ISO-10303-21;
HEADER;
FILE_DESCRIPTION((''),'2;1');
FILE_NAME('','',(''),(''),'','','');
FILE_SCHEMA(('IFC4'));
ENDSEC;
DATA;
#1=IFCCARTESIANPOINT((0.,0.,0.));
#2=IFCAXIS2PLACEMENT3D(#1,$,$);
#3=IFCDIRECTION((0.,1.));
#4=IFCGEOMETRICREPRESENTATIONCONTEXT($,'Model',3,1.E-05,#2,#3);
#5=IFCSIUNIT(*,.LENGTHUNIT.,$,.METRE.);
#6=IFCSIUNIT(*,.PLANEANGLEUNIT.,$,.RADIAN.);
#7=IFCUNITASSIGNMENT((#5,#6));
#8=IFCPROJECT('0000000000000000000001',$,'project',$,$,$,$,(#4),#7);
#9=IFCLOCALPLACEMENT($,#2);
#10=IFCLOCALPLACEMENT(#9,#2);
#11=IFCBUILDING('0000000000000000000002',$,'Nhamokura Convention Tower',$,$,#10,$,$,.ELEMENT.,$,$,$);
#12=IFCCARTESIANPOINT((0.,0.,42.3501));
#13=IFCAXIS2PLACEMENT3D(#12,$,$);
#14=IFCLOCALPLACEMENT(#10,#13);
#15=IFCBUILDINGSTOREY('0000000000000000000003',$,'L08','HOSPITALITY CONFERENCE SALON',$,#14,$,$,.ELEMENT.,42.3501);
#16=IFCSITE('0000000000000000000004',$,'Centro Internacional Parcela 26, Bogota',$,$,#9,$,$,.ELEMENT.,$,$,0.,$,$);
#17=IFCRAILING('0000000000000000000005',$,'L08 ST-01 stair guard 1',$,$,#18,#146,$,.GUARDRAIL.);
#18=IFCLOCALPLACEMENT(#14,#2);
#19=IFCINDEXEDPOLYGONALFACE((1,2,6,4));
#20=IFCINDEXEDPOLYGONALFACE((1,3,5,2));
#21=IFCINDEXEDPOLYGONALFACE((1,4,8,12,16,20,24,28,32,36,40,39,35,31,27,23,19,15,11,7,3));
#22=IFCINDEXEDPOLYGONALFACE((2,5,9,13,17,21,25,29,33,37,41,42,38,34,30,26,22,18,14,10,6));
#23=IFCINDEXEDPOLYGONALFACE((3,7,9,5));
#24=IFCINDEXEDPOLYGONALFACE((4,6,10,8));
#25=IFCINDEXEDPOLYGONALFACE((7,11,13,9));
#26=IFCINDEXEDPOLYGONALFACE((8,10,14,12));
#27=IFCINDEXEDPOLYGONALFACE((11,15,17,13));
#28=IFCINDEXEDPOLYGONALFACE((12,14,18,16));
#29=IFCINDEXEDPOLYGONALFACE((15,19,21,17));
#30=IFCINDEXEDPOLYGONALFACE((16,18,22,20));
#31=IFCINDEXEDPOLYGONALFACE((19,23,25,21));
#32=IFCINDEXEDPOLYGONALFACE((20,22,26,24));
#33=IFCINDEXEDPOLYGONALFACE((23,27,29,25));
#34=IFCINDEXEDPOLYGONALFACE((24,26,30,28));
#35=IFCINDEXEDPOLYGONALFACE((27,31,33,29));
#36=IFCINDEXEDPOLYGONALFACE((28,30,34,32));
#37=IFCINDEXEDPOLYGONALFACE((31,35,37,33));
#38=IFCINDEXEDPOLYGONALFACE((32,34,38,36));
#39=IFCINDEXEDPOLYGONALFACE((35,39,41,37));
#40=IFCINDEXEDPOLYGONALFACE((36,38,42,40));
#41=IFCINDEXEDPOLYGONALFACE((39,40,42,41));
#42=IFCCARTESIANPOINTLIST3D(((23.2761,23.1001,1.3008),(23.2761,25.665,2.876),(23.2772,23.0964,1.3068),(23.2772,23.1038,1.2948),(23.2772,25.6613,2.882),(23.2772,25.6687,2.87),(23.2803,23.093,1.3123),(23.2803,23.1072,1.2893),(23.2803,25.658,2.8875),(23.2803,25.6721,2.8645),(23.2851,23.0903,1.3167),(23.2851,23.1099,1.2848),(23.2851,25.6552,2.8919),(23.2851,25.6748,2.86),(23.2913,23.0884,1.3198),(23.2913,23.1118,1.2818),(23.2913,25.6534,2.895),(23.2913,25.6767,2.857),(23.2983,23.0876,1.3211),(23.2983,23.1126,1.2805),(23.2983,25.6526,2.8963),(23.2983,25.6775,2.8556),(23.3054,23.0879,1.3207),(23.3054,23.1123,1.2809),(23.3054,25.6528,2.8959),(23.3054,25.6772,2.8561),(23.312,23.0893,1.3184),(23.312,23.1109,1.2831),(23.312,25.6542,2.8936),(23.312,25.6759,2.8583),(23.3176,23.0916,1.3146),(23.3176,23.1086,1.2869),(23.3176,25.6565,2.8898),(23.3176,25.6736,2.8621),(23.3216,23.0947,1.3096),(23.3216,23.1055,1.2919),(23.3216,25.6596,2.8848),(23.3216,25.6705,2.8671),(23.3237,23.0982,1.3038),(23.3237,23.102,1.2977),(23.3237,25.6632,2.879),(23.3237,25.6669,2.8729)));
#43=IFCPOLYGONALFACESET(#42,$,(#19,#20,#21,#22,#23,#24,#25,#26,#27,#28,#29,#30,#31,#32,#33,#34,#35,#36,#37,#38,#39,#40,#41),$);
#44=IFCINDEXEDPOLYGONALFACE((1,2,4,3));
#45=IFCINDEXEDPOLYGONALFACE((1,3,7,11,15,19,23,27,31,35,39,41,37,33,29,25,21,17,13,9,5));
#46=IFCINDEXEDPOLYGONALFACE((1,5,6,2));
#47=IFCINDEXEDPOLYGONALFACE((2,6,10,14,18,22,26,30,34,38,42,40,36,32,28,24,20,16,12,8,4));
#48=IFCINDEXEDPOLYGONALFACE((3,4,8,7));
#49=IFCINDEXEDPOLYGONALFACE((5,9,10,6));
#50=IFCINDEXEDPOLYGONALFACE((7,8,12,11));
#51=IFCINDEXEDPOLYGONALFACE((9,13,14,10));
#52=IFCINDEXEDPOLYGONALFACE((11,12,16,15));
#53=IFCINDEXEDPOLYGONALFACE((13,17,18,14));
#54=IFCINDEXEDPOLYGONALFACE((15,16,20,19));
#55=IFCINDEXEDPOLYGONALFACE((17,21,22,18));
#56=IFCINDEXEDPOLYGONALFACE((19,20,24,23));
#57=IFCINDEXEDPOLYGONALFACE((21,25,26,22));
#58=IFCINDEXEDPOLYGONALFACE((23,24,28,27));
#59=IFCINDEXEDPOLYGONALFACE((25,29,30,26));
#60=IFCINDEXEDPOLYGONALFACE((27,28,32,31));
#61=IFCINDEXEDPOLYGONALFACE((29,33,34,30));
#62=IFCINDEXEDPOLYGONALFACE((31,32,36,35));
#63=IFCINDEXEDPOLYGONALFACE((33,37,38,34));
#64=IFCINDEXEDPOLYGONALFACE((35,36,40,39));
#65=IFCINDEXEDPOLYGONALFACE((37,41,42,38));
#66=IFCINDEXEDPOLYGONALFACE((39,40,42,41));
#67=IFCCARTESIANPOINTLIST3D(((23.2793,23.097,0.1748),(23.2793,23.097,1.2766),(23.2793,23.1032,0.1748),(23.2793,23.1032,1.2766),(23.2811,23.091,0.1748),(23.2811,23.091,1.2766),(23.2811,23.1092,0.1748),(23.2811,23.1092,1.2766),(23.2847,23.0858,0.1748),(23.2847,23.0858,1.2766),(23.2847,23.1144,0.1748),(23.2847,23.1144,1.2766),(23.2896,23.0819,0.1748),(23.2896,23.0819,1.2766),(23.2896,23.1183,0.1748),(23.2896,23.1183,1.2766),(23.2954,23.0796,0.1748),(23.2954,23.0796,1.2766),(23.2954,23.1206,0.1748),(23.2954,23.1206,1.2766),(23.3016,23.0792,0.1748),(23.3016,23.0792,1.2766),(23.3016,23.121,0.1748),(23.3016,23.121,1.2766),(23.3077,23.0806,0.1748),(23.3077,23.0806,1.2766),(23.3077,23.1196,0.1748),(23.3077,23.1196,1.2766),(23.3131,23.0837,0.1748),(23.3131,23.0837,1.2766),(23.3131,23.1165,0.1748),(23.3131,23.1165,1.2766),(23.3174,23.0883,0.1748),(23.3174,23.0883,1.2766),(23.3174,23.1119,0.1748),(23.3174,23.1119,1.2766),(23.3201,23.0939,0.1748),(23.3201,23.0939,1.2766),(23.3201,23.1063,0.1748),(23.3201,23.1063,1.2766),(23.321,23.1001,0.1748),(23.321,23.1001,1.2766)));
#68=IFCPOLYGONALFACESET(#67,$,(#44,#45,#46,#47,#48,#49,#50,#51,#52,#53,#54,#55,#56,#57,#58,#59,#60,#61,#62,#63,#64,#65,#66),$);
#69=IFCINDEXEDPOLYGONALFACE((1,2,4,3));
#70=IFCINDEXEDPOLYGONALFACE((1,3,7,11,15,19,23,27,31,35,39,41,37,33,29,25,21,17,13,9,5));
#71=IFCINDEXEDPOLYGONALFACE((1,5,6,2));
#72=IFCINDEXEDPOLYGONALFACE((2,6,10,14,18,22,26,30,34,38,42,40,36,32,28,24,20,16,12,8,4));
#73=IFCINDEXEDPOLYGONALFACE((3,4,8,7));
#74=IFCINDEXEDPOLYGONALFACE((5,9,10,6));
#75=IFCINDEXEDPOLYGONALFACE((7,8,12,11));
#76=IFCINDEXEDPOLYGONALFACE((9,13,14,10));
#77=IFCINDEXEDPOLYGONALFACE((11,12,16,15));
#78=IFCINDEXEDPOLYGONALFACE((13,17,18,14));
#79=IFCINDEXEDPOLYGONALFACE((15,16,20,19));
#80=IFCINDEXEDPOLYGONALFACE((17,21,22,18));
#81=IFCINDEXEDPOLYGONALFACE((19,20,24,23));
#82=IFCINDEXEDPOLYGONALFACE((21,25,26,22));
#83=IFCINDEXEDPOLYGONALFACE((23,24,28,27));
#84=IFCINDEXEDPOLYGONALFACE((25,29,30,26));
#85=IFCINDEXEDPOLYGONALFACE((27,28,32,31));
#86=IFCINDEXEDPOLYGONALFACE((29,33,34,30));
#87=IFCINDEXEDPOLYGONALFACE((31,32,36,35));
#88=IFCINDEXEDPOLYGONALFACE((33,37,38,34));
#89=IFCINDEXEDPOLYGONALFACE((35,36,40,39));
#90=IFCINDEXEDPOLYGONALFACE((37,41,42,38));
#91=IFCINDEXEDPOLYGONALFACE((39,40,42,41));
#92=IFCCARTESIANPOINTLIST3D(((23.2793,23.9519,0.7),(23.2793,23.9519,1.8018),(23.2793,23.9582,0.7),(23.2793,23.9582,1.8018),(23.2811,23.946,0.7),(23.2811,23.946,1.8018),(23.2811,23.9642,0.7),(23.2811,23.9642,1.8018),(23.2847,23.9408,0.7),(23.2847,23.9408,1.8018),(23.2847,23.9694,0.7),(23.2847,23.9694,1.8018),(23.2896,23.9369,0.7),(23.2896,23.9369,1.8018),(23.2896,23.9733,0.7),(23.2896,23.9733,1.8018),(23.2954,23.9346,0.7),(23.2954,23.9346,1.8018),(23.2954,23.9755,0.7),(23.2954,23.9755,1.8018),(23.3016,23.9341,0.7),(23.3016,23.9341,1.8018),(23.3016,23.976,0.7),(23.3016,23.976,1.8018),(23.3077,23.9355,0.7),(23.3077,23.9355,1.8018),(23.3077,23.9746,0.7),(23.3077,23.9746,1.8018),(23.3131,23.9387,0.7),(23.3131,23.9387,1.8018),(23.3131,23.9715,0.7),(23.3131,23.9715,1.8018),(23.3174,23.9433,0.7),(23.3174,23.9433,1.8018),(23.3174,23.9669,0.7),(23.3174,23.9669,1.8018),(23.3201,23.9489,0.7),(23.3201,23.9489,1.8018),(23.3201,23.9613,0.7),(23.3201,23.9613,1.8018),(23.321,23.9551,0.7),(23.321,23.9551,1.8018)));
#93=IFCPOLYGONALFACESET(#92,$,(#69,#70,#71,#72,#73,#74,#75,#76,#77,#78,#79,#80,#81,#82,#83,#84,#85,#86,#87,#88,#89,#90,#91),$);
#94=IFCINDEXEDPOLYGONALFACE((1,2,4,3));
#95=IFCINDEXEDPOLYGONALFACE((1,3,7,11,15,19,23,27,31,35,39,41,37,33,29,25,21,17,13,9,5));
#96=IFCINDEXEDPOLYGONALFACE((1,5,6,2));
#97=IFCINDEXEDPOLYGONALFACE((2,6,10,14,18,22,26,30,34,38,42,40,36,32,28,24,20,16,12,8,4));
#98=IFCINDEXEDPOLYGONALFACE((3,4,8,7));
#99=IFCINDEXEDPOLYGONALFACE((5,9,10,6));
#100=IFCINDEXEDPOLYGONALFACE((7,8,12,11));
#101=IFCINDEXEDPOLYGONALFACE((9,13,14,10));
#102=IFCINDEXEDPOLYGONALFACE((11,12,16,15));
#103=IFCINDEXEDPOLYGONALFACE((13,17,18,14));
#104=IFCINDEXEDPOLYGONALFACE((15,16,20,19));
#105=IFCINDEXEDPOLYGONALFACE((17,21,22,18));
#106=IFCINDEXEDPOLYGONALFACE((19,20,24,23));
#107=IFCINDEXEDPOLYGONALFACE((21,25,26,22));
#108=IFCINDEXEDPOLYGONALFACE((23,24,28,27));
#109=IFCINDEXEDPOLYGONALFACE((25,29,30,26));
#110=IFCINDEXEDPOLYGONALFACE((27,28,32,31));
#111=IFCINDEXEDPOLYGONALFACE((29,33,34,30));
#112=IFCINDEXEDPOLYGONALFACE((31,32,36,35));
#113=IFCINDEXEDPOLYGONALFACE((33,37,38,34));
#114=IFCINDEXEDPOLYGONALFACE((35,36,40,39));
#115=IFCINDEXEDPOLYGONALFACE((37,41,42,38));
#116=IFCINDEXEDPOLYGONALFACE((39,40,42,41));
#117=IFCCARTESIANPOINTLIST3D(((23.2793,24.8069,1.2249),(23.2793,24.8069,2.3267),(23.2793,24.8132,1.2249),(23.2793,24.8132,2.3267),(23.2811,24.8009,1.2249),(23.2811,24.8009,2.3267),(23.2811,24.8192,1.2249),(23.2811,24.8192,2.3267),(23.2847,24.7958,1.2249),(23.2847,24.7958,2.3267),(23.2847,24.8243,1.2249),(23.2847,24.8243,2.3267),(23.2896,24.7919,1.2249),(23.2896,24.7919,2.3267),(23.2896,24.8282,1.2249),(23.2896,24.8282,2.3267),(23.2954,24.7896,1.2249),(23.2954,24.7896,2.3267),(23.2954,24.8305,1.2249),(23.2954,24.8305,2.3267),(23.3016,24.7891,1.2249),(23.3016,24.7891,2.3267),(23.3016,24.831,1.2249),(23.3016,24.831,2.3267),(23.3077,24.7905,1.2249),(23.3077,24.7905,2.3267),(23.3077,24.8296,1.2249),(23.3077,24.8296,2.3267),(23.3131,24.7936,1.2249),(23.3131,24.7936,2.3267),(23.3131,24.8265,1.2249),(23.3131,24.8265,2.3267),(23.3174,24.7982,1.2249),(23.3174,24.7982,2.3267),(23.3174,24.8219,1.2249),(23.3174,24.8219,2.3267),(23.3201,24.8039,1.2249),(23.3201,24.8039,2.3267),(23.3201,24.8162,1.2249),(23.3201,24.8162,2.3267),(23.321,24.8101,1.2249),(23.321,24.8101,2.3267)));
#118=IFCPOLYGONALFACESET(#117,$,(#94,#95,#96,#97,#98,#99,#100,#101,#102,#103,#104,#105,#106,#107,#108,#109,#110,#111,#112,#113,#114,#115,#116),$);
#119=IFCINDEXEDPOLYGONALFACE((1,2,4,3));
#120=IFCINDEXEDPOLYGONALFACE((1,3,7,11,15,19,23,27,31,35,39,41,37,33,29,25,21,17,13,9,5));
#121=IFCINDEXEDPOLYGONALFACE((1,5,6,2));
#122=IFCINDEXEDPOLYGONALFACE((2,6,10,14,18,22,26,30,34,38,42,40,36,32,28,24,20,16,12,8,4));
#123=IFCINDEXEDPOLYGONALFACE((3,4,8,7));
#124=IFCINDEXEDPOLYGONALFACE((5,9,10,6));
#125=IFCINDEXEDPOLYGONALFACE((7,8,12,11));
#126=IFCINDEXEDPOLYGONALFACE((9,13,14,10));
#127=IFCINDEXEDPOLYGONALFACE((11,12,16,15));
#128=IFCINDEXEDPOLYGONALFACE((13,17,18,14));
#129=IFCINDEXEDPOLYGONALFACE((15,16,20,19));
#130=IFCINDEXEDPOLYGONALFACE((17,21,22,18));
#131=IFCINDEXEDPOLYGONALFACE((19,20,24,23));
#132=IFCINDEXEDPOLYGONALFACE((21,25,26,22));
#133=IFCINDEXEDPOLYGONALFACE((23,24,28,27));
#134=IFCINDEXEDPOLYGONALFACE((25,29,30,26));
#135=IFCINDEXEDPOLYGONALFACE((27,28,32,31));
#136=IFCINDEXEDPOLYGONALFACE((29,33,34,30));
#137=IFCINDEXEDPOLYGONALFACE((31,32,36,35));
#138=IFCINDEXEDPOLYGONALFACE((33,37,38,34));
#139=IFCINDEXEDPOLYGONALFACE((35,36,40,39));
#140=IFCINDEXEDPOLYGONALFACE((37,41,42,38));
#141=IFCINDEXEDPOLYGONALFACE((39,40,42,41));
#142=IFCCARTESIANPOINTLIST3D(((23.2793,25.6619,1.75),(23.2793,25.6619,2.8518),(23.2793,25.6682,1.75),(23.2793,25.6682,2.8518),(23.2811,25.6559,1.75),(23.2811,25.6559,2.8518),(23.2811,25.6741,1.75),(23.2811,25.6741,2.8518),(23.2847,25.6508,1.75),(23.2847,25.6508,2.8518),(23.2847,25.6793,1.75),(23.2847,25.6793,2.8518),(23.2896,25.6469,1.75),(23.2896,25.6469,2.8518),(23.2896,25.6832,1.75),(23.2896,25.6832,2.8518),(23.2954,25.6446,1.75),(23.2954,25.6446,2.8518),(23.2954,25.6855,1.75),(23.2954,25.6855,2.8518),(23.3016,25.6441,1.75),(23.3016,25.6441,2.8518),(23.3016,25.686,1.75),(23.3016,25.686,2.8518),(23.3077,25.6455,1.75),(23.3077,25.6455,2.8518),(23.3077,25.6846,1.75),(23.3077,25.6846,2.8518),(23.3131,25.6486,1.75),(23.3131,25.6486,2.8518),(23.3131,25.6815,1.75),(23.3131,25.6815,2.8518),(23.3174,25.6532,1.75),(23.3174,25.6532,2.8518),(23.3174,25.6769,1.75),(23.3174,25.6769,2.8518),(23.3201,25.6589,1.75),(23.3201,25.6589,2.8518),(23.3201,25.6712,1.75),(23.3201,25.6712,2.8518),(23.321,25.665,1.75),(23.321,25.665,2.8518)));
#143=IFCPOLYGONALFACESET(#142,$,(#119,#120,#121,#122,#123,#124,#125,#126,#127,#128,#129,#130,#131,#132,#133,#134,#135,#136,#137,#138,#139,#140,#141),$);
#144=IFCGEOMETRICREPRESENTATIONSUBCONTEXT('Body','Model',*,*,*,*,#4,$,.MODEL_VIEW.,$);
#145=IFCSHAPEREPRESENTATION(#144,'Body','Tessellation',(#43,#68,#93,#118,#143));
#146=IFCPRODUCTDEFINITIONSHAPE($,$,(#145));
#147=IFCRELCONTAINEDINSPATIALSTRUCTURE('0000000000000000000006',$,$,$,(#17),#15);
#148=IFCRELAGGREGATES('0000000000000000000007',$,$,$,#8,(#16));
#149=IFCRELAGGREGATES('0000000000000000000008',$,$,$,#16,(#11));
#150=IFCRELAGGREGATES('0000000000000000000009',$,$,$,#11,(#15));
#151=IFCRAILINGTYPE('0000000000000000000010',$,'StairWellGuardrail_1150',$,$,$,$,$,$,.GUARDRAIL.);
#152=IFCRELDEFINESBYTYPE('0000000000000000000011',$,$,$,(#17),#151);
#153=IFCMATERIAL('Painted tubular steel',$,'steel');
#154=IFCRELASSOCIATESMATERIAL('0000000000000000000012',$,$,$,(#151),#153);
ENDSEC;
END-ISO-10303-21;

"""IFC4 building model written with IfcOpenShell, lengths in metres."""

from ifc_helpers import new_model, si_unit, direction, frame, origin, origin_2d, place, context, subcontext, project, spatial, circle, extrude, material, type_object, element, save


model = new_model("IFC4")

# Units and contexts
model_context = context("Model", 3, precision=1e-05, world=origin(), true_north=direction((0.0, 1.0)))
body_context = subcontext(model_context, "Body", "Model", "MODEL_VIEW")
ifc_project = project(units=[si_unit("LENGTHUNIT", "METRE"), si_unit("PLANEANGLEUNIT", "RADIAN")], contexts=[model_context])

# Site, building, storey
site_placement = place(None, origin())
site = spatial("IfcSite", under=ifc_project, at=site_placement, Name="Centro Internacional Parcela 26, Bogota", CompositionType="ELEMENT", RefElevation=0.0)
building_placement = place(site_placement, origin())
building = spatial("IfcBuilding", under=site, at=building_placement, Name="Nhamokura Convention Tower", CompositionType="ELEMENT")
storey_placement = place(building_placement, frame((0.0, 0.0, 42.3501)))
storey = spatial("IfcBuildingStorey", under=building, at=storey_placement, Name="L08", Description="HOSPITALITY CONFERENCE SALON", CompositionType="ELEMENT", Elevation=42.3501)

# Railing
ifc_material_1 = material(Name="Painted tubular steel", Category="steel")
railing_type_1 = type_object("IfcRailingType", Name="StairWellGuardrail_1150", PredefinedType="GUARDRAIL", material=ifc_material_1)
railing_1_placement = place(storey_placement, frame((23.3, 23.1001, 0.1748)))
element("IfcRailing", 1, at=railing_1_placement, inside=storey, type_object=railing_type_1, Name="L08 ST-01 stair guard 1", PredefinedType="GUARDRAIL", context=body_context, shape_type="SweptSolid", body=[
    extrude(circle(Radius=0.0239, at=origin_2d()), frame((0.0, 0.0, 1.126), z_axis=(0.0, 0.852137, 0.523319), x_axis=(-1.0, 0.0, 0.0)), (0.0, 0.0, 1.0), 3.01),
    extrude(circle(Radius=0.021, at=origin_2d()), origin(), (0.0, 0.0, 1.0), 1.1018),
    extrude(circle(Radius=0.021, at=origin_2d()), frame((0.0, 0.855, 0.5251)), (0.0, 0.0, 1.0), 1.1018),
    extrude(circle(Radius=0.021, at=origin_2d()), frame((0.0, 1.71, 1.05)), (0.0, 0.0, 1.0), 1.1018),
    extrude(circle(Radius=0.021, at=origin_2d()), frame((0.0, 2.5649, 1.5752)), (0.0, 0.0, 1.0), 1.1018),
])

save(model, "model.ifc")
